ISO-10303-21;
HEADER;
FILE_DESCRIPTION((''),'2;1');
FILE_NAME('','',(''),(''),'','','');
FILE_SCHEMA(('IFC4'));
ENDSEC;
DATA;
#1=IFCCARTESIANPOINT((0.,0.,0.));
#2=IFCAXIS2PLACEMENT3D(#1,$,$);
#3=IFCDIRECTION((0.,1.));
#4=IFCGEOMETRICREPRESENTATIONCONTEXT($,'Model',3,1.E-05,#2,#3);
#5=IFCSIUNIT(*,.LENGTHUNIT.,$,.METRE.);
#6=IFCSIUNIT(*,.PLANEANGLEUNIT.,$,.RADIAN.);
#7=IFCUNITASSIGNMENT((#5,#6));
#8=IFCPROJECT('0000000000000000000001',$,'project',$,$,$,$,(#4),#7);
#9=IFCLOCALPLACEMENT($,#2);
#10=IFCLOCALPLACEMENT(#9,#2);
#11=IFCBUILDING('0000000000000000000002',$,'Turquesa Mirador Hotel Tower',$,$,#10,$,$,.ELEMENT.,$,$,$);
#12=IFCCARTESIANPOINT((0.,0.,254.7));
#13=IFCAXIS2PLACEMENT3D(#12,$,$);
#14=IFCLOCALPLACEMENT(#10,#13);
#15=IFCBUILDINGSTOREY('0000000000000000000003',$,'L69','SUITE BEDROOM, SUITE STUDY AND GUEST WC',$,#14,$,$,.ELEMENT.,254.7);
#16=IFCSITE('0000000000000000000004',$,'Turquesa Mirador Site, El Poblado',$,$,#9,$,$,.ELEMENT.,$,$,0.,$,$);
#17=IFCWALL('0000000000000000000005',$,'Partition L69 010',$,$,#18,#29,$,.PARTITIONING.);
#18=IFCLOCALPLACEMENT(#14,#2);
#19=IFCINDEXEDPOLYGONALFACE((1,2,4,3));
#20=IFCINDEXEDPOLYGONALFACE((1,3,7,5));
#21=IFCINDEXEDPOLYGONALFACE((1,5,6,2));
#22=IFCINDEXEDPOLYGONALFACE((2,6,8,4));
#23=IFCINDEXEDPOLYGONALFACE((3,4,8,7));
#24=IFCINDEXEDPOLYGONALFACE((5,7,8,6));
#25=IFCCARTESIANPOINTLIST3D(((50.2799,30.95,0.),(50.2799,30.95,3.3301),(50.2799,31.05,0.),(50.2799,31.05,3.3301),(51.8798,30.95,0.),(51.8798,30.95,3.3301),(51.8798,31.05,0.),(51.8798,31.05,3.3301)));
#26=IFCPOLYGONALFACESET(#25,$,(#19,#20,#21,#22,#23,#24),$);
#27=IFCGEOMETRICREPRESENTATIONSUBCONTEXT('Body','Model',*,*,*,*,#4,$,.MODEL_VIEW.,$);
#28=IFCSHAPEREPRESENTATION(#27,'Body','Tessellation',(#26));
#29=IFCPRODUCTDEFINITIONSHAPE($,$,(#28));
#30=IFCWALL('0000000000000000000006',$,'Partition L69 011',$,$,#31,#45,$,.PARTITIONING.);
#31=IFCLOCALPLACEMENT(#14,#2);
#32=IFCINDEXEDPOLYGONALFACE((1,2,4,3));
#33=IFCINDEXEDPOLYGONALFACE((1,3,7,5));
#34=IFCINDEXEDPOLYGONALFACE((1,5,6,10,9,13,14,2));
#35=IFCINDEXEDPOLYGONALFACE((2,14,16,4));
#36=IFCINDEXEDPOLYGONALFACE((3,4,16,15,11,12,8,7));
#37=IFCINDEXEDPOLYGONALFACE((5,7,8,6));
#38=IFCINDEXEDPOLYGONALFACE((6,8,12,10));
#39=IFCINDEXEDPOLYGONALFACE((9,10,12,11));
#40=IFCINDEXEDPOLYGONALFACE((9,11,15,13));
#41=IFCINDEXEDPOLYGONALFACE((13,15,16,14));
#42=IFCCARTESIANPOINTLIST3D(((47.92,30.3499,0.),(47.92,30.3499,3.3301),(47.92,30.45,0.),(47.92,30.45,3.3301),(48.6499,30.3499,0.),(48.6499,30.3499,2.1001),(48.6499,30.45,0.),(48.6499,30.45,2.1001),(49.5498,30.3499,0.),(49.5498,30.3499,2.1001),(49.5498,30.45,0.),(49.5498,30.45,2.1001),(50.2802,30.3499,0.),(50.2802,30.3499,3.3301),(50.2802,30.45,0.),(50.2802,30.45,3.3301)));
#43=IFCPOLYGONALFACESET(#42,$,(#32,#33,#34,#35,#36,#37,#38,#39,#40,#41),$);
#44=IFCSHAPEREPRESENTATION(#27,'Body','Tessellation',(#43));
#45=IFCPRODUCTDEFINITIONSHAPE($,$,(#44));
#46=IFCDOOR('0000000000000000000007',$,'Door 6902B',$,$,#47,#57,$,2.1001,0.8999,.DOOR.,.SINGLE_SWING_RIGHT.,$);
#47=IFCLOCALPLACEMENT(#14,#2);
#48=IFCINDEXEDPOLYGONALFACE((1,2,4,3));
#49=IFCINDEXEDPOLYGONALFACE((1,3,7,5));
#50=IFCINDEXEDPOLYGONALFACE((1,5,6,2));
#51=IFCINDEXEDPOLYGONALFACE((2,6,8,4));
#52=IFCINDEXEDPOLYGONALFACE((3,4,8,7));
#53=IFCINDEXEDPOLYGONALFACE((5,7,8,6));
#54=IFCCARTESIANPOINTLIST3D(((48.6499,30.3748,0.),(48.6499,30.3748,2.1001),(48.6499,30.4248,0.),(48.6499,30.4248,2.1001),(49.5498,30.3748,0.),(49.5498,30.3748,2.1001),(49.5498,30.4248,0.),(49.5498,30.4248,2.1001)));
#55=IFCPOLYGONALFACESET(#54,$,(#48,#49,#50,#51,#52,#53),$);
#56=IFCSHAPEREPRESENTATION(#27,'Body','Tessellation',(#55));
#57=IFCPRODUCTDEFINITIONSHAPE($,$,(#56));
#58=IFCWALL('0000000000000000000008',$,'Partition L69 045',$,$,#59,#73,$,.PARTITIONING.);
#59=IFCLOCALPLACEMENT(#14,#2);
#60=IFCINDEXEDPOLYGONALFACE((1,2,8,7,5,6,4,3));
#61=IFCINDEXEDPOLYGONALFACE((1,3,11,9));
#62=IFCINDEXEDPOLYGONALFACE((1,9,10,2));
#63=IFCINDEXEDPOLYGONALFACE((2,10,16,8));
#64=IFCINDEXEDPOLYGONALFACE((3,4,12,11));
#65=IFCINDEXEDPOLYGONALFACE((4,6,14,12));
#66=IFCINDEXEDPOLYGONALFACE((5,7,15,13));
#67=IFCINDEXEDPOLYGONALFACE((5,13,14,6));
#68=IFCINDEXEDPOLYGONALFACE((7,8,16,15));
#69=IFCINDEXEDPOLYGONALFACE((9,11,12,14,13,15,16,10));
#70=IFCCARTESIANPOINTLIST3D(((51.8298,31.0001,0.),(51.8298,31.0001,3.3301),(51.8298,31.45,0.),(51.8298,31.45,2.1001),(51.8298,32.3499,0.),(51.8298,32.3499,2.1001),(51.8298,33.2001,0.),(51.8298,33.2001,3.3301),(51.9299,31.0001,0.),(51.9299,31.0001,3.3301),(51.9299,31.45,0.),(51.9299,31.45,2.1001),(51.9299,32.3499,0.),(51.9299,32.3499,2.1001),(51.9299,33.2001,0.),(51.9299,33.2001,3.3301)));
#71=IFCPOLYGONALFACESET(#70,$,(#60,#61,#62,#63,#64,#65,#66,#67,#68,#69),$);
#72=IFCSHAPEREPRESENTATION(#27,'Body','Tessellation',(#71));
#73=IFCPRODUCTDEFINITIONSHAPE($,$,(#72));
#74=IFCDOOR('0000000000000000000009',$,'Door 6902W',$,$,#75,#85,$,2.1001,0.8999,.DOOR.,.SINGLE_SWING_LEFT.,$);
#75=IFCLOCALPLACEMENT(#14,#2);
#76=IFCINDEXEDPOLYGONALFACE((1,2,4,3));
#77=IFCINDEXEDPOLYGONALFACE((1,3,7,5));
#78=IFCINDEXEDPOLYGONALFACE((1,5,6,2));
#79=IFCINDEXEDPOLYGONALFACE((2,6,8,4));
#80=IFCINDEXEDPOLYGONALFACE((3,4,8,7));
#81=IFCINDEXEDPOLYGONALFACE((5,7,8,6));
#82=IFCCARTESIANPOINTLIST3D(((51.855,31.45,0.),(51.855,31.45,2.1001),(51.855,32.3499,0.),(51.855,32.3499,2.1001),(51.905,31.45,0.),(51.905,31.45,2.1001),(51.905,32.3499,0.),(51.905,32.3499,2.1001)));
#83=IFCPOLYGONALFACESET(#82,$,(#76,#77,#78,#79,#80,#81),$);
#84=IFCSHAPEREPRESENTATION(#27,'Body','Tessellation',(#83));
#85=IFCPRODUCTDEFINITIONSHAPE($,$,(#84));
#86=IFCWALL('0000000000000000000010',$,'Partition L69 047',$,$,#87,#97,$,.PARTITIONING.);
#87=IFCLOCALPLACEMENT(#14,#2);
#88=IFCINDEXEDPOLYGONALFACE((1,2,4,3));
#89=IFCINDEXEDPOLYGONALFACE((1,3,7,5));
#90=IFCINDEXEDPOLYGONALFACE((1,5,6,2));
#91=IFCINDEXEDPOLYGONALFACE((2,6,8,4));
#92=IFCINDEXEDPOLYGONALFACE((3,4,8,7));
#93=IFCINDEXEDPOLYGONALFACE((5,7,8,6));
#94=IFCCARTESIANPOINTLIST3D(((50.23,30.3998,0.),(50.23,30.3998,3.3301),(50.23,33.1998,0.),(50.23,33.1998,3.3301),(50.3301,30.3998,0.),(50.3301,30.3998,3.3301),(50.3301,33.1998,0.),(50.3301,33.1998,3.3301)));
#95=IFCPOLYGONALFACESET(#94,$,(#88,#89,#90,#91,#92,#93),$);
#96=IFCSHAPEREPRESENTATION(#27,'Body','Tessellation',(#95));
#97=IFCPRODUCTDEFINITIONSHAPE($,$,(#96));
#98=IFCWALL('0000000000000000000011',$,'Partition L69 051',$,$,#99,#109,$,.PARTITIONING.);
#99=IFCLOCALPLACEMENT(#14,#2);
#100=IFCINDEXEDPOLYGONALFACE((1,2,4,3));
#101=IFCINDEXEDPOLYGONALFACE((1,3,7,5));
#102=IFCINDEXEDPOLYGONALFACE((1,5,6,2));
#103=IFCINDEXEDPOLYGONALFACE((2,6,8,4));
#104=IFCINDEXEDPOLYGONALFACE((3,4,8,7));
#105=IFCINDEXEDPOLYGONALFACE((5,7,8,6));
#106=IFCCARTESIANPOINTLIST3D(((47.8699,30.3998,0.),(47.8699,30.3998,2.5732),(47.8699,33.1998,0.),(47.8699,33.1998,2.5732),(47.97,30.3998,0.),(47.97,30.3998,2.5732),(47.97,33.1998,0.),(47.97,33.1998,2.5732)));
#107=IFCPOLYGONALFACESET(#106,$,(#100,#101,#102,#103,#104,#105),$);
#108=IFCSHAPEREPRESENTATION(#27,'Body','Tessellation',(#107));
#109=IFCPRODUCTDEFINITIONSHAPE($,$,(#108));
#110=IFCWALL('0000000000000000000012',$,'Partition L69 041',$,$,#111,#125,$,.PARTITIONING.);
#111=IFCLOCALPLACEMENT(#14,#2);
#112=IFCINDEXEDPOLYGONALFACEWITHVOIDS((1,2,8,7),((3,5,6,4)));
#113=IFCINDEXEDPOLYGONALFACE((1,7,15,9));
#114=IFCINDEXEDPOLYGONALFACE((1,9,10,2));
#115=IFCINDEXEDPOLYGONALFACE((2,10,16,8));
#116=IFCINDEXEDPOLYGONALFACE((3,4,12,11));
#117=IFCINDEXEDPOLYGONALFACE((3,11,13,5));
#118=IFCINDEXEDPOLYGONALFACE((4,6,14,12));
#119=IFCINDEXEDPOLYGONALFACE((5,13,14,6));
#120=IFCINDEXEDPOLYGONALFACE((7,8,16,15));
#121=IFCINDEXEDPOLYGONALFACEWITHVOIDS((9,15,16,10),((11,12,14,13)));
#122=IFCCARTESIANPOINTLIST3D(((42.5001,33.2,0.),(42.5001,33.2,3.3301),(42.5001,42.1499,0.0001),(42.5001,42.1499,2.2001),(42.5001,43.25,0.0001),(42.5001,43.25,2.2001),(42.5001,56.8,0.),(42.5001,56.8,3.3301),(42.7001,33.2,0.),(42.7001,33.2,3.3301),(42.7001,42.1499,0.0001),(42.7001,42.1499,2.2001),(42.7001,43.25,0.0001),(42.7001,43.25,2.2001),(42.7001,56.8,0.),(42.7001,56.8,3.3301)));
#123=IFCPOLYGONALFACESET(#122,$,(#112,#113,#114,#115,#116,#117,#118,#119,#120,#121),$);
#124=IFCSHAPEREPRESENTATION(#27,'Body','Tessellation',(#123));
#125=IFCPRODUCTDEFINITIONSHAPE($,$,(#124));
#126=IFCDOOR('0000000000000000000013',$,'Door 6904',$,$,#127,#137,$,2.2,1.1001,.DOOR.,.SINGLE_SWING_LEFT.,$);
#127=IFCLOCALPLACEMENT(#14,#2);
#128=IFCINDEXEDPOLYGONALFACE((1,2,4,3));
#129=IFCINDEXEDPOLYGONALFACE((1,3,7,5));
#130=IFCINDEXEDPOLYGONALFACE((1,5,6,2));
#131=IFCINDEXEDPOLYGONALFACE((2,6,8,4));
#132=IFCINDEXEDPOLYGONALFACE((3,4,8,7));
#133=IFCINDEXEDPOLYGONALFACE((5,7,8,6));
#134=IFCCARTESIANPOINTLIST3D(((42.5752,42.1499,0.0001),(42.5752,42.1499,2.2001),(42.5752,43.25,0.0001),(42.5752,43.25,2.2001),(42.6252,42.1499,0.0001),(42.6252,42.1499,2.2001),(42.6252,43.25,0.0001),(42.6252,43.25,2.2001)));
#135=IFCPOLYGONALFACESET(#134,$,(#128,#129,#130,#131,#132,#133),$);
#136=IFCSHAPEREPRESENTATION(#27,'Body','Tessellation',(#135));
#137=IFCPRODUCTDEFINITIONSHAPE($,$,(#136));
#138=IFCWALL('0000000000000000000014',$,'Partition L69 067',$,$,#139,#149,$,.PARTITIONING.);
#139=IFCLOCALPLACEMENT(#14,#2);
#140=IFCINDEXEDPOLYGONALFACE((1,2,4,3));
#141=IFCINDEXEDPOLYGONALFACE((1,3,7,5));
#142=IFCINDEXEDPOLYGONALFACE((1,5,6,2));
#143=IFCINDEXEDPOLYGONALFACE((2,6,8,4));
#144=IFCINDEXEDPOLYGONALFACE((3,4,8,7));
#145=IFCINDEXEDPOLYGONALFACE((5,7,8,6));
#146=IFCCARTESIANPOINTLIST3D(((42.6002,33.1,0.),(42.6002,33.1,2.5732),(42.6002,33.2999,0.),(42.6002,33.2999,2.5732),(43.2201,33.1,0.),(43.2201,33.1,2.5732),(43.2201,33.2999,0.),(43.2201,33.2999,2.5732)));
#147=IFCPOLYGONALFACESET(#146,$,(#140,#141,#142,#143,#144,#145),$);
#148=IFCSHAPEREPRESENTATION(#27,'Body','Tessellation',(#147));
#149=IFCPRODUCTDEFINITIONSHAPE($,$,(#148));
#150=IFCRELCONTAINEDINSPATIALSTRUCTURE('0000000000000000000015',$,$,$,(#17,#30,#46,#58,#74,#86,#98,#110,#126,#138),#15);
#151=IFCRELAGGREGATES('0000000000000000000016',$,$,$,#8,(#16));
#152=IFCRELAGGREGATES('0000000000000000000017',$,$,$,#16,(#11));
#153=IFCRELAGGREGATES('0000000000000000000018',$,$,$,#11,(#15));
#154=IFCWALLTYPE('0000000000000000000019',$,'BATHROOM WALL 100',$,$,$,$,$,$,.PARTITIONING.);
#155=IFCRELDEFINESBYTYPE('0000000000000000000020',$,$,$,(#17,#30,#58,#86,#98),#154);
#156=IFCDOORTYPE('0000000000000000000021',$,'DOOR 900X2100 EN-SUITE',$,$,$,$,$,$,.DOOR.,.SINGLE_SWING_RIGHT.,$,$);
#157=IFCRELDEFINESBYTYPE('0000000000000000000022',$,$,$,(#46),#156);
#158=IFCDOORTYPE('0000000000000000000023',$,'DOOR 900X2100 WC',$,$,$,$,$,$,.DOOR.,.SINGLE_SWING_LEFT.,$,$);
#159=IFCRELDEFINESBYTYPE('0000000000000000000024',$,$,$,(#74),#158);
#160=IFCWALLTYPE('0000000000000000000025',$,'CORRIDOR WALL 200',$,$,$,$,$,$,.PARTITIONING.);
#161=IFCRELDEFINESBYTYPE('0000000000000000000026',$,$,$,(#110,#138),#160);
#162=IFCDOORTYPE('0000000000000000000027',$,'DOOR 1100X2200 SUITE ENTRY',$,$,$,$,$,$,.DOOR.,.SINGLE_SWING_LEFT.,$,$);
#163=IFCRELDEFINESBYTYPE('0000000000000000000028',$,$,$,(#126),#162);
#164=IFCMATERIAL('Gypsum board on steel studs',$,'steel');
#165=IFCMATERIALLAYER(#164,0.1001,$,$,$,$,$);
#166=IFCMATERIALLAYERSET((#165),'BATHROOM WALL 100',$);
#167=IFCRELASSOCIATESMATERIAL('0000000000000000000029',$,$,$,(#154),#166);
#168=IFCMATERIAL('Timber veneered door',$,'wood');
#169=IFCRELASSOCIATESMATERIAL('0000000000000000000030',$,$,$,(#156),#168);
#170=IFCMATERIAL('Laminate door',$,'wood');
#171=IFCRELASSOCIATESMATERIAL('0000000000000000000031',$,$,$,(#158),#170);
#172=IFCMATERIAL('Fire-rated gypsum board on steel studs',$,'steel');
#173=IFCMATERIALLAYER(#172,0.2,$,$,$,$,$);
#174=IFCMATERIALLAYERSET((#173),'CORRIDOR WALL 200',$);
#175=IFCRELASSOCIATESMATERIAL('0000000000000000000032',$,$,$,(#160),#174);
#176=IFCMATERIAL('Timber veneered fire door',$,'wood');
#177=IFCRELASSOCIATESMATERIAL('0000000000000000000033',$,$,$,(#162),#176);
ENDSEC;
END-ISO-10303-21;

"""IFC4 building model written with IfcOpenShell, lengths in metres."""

from ifc_helpers import new_model, si_unit, direction, frame, frame_2d, origin, place, context, subcontext, project, spatial, rectangle, extrude, material, layer, layer_set, type_object, element, fill, save


model = new_model("IFC4")

# Units and contexts
model_context = context("Model", 3, precision=1e-05, world=origin(), true_north=direction((0.0, 1.0)))
body_context = subcontext(model_context, "Body", "Model", "MODEL_VIEW")
ifc_project = project(units=[si_unit("LENGTHUNIT", "METRE"), si_unit("PLANEANGLEUNIT", "RADIAN")], contexts=[model_context])

# Site, building, storey
site_placement = place(None, origin())
site = spatial("IfcSite", under=ifc_project, at=site_placement, Name="Turquesa Mirador Site, El Poblado", CompositionType="ELEMENT", RefElevation=0.0)
building_placement = place(site_placement, origin())
building = spatial("IfcBuilding", under=site, at=building_placement, Name="Turquesa Mirador Hotel Tower", CompositionType="ELEMENT")
storey_placement = place(building_placement, frame((0.0, 0.0, 254.7)))
storey = spatial("IfcBuildingStorey", under=building, at=storey_placement, Name="L69", Description="SUITE BEDROOM, SUITE STUDY AND GUEST WC", CompositionType="ELEMENT", Elevation=254.7)

# Wall
ifc_material_1 = material(Name="Gypsum board on steel studs", Category="steel")
ifc_layer_1 = layer(ifc_material_1, 0.1001)
ifc_layer_set_1 = layer_set([ifc_layer_1], Name="BATHROOM WALL 100")
wall_type_1 = type_object("IfcWallType", Name="BATHROOM WALL 100", PredefinedType="PARTITIONING", material=ifc_layer_set_1)
wall_1_placement = place(storey_placement, frame((50.28, 31.0, 0.0), z_axis=(0.0, 0.0, 1.0), x_axis=(1.0, 0.0, 0.0)))
element("IfcWall", 1, at=wall_1_placement, inside=storey, type_object=wall_type_1, Name="Partition L69 010", PredefinedType="PARTITIONING", context=body_context, shape_type="SweptSolid", body=[
    extrude(rectangle(XDim=1.5999, YDim=0.1001, at=frame_2d((0.7998, 0.0))), origin(), (0.0, 0.0, 1.0), 3.3301),
])

# Walls, openings, doors
wall_2_placement = place(storey_placement, frame((47.9199, 30.3999, 0.0), z_axis=(0.0, 0.0, 1.0), x_axis=(1.0, 0.0, 0.0)))
wall_2 = element("IfcWall", 2, at=wall_2_placement, inside=storey, type_object=wall_type_1, Name="Partition L69 011", PredefinedType="PARTITIONING", context=body_context, shape_type="SweptSolid", body=[
    extrude(rectangle(XDim=2.3601, YDim=0.1001, at=frame_2d((1.1802, 0.0))), origin(), (0.0, 0.0, 1.0), 3.3301),
])
opening_1_placement = place(wall_2_placement, frame((0.73, 0.0, 0.0)))
opening_1 = element("IfcOpeningElement", 3, at=opening_1_placement, cuts=wall_2, PredefinedType="OPENING", context=body_context, shape_type="SweptSolid", body=[
    extrude(rectangle(XDim=0.8999, YDim=2.1001, at=frame_2d((0.45, 1.05))), frame((0.0, 0.0601, 0.0), z_axis=(0.0, -1.0, 0.0), x_axis=(1.0, 0.0, 0.0)), (0.0, 0.0, 1.0), 0.1201),
])
ifc_material_2 = material(Name="Timber veneered door", Category="wood")
door_type_1 = type_object("IfcDoorType", Name="DOOR 900X2100 EN-SUITE", OperationType="SINGLE_SWING_RIGHT", PredefinedType="DOOR", material=ifc_material_2)
door_1_placement = place(opening_1_placement, origin())
door_1 = element("IfcDoor", 4, at=door_1_placement, inside=storey, type_object=door_type_1, Name="Door 6902B", OperationType="SINGLE_SWING_RIGHT", OverallHeight=2.1001, OverallWidth=0.8999, PredefinedType="DOOR", context=body_context, shape_type="SweptSolid", body=[
    extrude(rectangle(XDim=0.8999, YDim=2.1001, at=frame_2d((0.45, 1.05))), frame((0.0, 0.0249, 0.0), z_axis=(0.0, -1.0, 0.0), x_axis=(1.0, 0.0, 0.0)), (0.0, 0.0, 1.0), 0.05),
])
fill(opening_1, door_1)
wall_3_placement = place(storey_placement, frame((51.8799, 31.0, 0.0), z_axis=(0.0, 0.0, 1.0), x_axis=(0.0, 1.0, 0.0)))
wall_3 = element("IfcWall", 5, at=wall_3_placement, inside=storey, type_object=wall_type_1, Name="Partition L69 045", PredefinedType="PARTITIONING", context=body_context, shape_type="SweptSolid", body=[
    extrude(rectangle(XDim=2.2, YDim=0.1001, at=frame_2d((1.1001, 0.0))), origin(), (0.0, 0.0, 1.0), 3.3301),
])
opening_2_placement = place(wall_3_placement, frame((0.45, 0.0, 0.0)))
opening_2 = element("IfcOpeningElement", 6, at=opening_2_placement, cuts=wall_3, PredefinedType="OPENING", context=body_context, shape_type="SweptSolid", body=[
    extrude(rectangle(XDim=0.8999, YDim=2.1001, at=frame_2d((0.45, 1.05))), frame((0.0, 0.0601, 0.0), z_axis=(0.0, -1.0, 0.0), x_axis=(1.0, 0.0, 0.0)), (0.0, 0.0, 1.0), 0.1201),
])
ifc_material_3 = material(Name="Laminate door", Category="wood")
door_type_2 = type_object("IfcDoorType", Name="DOOR 900X2100 WC", OperationType="SINGLE_SWING_LEFT", PredefinedType="DOOR", material=ifc_material_3)
door_2_placement = place(opening_2_placement, origin())
door_2 = element("IfcDoor", 7, at=door_2_placement, inside=storey, type_object=door_type_2, Name="Door 6902W", OperationType="SINGLE_SWING_LEFT", OverallHeight=2.1001, OverallWidth=0.8999, PredefinedType="DOOR", context=body_context, shape_type="SweptSolid", body=[
    extrude(rectangle(XDim=0.8999, YDim=2.1001, at=frame_2d((0.45, 1.05))), frame((0.0, 0.0249, 0.0), z_axis=(0.0, -1.0, 0.0), x_axis=(1.0, 0.0, 0.0)), (0.0, 0.0, 1.0), 0.05),
])
fill(opening_2, door_2)

# Walls
wall_4_placement = place(storey_placement, frame((50.28, 30.3999, 0.0), z_axis=(0.0, 0.0, 1.0), x_axis=(0.0, 1.0, 0.0)))
element("IfcWall", 8, at=wall_4_placement, inside=storey, type_object=wall_type_1, Name="Partition L69 047", PredefinedType="PARTITIONING", context=body_context, shape_type="SweptSolid", body=[
    extrude(rectangle(XDim=2.8, YDim=0.1001, at=frame_2d((1.3999, 0.0))), origin(), (0.0, 0.0, 1.0), 3.3301),
])
wall_5_placement = place(storey_placement, frame((47.9199, 30.3999, 0.0), z_axis=(0.0, 0.0, 1.0), x_axis=(0.0, 1.0, 0.0)))
element("IfcWall", 9, at=wall_5_placement, inside=storey, type_object=wall_type_1, Name="Partition L69 051", PredefinedType="PARTITIONING", context=body_context, shape_type="SweptSolid", body=[
    extrude(rectangle(XDim=2.8, YDim=0.1001, at=frame_2d((1.3999, 0.0))), origin(), (0.0, 0.0, 1.0), 2.5732),
])

# Wall, opening, door
ifc_material_4 = material(Name="Fire-rated gypsum board on steel studs", Category="steel")
ifc_layer_2 = layer(ifc_material_4, 0.2)
ifc_layer_set_2 = layer_set([ifc_layer_2], Name="CORRIDOR WALL 200")
wall_type_2 = type_object("IfcWallType", Name="CORRIDOR WALL 200", PredefinedType="PARTITIONING", material=ifc_layer_set_2)
wall_6_placement = place(storey_placement, frame((42.6001, 33.2, 0.0), z_axis=(0.0, 0.0, 1.0), x_axis=(0.0, 1.0, 0.0)))
wall_6 = element("IfcWall", 10, at=wall_6_placement, inside=storey, type_object=wall_type_2, Name="Partition L69 041", PredefinedType="PARTITIONING", context=body_context, shape_type="SweptSolid", body=[
    extrude(rectangle(XDim=23.6001, YDim=0.2, at=frame_2d((11.8, 0.0))), origin(), (0.0, 0.0, 1.0), 3.3301),
])
opening_3_placement = place(wall_6_placement, frame((8.95, 0.0, 0.0)))
opening_3 = element("IfcOpeningElement", 11, at=opening_3_placement, cuts=wall_6, PredefinedType="OPENING", context=body_context, shape_type="SweptSolid", body=[
    extrude(rectangle(XDim=1.1001, YDim=2.2, at=frame_2d((0.55, 1.1001))), frame((0.0, 0.1099, 0.0), z_axis=(0.0, -1.0, 0.0), x_axis=(1.0, 0.0, 0.0)), (0.0, 0.0, 1.0), 0.22),
])
ifc_material_5 = material(Name="Timber veneered fire door", Category="wood")
door_type_3 = type_object("IfcDoorType", Name="DOOR 1100X2200 SUITE ENTRY", OperationType="SINGLE_SWING_LEFT", PredefinedType="DOOR", material=ifc_material_5)
door_3_placement = place(opening_3_placement, origin())
door_3 = element("IfcDoor", 12, at=door_3_placement, inside=storey, type_object=door_type_3, Name="Door 6904", OperationType="SINGLE_SWING_LEFT", OverallHeight=2.2, OverallWidth=1.1001, PredefinedType="DOOR", context=body_context, shape_type="SweptSolid", body=[
    extrude(rectangle(XDim=1.1001, YDim=2.2, at=frame_2d((0.55, 1.1001))), frame((0.0, 0.0249, 0.0), z_axis=(0.0, -1.0, 0.0), x_axis=(1.0, 0.0, 0.0)), (0.0, 0.0, 1.0), 0.05),
])
fill(opening_3, door_3)

# Wall
wall_7_placement = place(storey_placement, frame((42.6001, 33.2, 0.0), z_axis=(0.0, 0.0, 1.0), x_axis=(1.0, 0.0, 0.0)))
element("IfcWall", 13, at=wall_7_placement, inside=storey, type_object=wall_type_2, Name="Partition L69 067", PredefinedType="PARTITIONING", context=body_context, shape_type="SweptSolid", body=[
    extrude(rectangle(XDim=0.6199, YDim=0.2, at=frame_2d((0.3101, 0.0))), origin(), (0.0, 0.0, 1.0), 2.5732),
])

save(model, "model.ifc")
